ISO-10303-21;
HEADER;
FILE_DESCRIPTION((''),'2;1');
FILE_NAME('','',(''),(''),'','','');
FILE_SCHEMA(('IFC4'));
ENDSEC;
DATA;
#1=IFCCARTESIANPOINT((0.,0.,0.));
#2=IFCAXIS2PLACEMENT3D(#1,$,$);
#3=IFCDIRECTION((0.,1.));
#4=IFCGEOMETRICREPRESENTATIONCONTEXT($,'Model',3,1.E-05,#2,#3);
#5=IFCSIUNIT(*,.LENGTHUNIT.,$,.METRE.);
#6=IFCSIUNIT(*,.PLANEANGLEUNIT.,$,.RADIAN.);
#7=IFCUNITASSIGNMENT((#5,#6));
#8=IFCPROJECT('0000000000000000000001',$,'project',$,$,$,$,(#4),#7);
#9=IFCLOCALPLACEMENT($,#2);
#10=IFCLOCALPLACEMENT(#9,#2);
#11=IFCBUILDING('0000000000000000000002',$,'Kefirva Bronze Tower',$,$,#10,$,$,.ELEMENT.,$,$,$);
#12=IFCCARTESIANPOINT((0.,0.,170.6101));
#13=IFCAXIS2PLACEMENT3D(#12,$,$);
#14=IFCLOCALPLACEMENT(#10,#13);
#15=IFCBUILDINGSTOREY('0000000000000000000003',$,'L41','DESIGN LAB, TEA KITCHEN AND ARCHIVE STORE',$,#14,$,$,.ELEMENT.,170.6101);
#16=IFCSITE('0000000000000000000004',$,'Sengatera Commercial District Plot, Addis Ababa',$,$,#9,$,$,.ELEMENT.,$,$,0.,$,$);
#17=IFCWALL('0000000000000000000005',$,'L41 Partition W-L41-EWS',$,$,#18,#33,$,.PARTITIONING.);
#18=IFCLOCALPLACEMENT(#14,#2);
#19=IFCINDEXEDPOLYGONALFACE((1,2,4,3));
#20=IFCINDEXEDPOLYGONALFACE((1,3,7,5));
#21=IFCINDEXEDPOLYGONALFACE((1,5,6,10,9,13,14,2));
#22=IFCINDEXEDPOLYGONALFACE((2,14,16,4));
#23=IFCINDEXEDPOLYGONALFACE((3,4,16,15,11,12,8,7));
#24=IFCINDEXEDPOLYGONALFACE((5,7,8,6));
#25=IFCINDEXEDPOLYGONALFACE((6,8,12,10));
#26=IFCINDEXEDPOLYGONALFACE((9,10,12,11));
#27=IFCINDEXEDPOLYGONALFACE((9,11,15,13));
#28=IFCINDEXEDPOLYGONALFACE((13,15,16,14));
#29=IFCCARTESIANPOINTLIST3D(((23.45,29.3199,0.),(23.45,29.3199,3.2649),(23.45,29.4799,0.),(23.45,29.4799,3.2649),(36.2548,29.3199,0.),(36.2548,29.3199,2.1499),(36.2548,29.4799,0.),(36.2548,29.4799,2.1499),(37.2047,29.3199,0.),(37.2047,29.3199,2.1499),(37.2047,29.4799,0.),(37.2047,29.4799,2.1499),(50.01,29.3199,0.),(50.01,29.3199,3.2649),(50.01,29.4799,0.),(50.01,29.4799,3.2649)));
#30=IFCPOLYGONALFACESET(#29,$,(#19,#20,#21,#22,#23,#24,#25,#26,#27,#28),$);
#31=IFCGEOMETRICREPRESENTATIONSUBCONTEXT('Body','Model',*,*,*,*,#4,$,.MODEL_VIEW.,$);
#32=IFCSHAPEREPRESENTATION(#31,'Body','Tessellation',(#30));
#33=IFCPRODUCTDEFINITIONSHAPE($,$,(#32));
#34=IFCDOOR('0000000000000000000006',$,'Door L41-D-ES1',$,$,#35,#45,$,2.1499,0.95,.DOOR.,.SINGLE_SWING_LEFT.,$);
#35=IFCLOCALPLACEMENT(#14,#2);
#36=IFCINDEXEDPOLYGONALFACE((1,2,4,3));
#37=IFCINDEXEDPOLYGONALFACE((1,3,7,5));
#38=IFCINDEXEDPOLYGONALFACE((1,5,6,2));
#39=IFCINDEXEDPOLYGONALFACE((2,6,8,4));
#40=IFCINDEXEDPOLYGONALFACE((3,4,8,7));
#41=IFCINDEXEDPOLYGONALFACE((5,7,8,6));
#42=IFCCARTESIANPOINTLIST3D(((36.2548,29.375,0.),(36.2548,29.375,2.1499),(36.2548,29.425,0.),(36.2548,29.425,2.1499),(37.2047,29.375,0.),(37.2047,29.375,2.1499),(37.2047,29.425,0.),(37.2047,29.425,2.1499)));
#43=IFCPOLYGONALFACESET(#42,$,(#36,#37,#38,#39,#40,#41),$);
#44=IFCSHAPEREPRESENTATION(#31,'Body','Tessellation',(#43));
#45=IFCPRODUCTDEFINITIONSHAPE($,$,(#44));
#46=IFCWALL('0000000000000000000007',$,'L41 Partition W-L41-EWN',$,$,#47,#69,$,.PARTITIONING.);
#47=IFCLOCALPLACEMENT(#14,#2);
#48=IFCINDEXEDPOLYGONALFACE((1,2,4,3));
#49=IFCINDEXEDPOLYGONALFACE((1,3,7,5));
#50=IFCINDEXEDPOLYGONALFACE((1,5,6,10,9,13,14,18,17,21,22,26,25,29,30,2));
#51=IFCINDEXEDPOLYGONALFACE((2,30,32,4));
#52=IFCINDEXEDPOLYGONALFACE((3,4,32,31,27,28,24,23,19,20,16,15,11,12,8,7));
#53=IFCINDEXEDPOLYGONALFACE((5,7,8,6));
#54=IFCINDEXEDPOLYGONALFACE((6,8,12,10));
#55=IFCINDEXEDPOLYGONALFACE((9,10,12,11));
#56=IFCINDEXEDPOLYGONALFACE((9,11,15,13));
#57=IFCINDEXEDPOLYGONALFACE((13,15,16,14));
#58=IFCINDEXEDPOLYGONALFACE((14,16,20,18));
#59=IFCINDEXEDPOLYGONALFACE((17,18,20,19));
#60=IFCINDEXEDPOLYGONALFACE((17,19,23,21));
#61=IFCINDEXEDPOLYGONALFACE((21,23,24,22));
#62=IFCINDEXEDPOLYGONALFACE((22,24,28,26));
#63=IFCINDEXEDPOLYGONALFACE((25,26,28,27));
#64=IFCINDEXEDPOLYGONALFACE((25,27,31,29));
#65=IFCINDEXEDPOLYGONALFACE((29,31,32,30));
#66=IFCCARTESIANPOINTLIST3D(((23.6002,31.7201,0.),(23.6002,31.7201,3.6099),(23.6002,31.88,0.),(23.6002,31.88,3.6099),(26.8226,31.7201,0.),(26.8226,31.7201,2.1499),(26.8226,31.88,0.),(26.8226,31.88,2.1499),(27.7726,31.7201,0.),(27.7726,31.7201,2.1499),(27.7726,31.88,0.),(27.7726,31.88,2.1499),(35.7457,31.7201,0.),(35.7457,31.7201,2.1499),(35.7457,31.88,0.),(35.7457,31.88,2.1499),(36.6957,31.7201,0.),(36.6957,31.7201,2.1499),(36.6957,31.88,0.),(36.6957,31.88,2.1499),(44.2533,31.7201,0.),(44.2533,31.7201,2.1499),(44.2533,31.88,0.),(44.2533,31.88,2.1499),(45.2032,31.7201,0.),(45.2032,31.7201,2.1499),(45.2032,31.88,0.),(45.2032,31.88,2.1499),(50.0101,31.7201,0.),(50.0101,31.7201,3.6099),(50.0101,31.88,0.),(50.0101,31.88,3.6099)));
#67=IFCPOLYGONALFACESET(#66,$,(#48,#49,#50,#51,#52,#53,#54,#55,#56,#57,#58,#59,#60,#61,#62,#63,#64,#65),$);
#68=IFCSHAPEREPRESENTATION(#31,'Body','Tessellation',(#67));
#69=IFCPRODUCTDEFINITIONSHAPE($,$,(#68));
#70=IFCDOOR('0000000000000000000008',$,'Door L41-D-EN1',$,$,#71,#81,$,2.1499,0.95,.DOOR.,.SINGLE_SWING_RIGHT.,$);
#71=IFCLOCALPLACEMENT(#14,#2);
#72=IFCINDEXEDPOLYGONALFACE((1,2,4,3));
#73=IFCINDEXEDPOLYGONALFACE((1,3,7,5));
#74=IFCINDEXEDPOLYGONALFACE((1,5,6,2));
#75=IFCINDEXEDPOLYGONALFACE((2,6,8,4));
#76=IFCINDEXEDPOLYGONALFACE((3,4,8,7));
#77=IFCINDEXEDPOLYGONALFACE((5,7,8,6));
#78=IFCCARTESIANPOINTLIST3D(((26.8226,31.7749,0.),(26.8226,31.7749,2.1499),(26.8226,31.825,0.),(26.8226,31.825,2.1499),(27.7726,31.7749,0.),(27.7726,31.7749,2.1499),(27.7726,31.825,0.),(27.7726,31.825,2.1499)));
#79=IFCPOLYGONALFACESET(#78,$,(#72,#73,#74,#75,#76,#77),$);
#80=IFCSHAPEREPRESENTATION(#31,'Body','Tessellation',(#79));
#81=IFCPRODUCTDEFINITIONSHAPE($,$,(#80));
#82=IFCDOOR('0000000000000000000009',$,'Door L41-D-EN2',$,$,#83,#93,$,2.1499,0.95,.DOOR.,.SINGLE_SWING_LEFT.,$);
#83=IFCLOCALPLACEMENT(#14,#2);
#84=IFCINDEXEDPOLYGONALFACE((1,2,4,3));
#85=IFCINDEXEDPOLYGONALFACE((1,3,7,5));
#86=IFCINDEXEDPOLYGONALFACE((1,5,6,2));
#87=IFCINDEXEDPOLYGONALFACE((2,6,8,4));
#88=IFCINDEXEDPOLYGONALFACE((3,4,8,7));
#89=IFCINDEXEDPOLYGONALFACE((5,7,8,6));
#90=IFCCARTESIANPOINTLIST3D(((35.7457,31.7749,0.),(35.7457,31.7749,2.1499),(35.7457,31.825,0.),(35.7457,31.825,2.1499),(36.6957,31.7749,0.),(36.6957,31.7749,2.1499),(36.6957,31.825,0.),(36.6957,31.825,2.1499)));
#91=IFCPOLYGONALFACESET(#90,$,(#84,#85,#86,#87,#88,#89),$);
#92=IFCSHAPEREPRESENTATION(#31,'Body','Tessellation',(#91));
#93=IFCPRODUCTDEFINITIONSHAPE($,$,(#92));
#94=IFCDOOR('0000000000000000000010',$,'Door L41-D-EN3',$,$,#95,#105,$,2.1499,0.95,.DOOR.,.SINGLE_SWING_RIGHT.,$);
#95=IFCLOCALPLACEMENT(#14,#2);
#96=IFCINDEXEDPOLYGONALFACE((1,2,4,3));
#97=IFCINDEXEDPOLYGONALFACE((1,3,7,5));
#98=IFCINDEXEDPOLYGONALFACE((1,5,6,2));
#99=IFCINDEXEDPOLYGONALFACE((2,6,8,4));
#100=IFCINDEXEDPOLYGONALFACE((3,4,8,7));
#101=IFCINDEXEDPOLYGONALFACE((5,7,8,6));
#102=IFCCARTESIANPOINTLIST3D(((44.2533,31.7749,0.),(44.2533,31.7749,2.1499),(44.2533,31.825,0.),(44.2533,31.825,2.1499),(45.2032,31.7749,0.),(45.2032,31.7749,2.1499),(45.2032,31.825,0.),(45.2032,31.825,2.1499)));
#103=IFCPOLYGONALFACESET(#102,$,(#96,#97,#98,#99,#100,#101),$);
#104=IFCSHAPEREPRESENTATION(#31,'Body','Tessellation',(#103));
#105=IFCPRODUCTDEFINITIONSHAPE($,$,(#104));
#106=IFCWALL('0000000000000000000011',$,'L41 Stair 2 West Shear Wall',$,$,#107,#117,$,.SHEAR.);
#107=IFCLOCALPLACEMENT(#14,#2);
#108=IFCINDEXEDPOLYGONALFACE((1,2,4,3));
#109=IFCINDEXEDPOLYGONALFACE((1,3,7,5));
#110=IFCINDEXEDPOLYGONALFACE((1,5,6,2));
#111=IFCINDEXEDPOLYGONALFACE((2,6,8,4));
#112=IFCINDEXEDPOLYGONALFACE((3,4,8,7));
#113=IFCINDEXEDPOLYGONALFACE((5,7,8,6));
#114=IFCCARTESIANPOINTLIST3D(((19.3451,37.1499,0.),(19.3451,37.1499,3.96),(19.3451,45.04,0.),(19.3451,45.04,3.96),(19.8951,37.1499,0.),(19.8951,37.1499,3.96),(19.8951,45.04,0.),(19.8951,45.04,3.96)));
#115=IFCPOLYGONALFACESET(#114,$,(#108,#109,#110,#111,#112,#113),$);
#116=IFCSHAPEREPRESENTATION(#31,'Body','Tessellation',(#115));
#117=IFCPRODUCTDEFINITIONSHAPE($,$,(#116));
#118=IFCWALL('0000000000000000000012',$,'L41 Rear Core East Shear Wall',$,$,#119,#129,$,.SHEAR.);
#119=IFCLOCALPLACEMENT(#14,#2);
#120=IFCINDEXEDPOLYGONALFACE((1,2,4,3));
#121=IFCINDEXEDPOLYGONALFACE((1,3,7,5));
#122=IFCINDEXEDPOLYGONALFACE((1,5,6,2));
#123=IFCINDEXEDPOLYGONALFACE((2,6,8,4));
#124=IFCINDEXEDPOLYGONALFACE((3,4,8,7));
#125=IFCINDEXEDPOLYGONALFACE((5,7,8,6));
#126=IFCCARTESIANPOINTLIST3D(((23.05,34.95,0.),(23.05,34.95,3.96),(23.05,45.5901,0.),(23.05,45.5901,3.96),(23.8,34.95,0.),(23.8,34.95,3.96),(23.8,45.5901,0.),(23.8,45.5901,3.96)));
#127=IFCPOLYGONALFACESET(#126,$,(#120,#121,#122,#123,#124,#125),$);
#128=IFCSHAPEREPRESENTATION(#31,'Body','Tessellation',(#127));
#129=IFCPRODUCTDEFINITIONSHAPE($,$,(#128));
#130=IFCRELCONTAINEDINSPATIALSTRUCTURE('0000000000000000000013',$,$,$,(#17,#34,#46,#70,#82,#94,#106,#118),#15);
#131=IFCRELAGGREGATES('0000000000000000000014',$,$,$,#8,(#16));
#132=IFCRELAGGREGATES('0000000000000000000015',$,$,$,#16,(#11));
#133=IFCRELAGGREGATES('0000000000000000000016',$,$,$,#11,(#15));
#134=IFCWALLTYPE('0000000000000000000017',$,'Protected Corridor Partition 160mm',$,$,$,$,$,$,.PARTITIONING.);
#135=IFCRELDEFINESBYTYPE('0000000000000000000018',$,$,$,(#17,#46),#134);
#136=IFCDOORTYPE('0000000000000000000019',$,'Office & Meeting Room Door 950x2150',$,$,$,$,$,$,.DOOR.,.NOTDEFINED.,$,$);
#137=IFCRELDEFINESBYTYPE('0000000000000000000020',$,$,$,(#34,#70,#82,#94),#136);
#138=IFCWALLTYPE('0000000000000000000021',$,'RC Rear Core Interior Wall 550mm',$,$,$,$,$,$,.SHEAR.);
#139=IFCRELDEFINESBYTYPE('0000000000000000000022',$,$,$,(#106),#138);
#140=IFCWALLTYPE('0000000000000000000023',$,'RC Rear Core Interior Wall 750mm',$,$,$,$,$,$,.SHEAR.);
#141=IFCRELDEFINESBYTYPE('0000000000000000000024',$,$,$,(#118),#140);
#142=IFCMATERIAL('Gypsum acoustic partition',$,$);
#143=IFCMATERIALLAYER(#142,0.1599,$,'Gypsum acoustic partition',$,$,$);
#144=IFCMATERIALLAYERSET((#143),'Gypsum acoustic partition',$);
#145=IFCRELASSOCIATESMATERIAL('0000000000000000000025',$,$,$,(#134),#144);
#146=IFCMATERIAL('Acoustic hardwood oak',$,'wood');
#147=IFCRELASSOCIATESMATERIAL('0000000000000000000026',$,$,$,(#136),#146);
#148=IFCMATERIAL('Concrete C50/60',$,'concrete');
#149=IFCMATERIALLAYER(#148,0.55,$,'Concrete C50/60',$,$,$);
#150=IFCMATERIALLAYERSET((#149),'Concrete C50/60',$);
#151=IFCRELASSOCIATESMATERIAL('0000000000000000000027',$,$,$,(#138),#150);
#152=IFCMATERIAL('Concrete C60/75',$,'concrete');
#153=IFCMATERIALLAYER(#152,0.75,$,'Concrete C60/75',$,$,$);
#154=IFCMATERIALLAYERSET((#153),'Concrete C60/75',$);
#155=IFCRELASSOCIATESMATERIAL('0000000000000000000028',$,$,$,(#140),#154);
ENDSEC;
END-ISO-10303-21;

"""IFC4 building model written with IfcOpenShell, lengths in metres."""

from ifc_helpers import new_model, si_unit, direction, frame, frame_2d, origin, place, context, subcontext, project, spatial, rectangle, extrude, material, layer, layer_set, type_object, element, fill, save


model = new_model("IFC4")

# Units and contexts
model_context = context("Model", 3, precision=1e-05, world=origin(), true_north=direction((0.0, 1.0)))
body_context = subcontext(model_context, "Body", "Model", "MODEL_VIEW")
ifc_project = project(units=[si_unit("LENGTHUNIT", "METRE"), si_unit("PLANEANGLEUNIT", "RADIAN")], contexts=[model_context])

# Site, building, storey
site_placement = place(None, origin())
site = spatial("IfcSite", under=ifc_project, at=site_placement, Name="Sengatera Commercial District Plot, Addis Ababa", CompositionType="ELEMENT", RefElevation=0.0)
building_placement = place(site_placement, origin())
building = spatial("IfcBuilding", under=site, at=building_placement, Name="Kefirva Bronze Tower", CompositionType="ELEMENT")
storey_placement = place(building_placement, frame((0.0, 0.0, 170.6101)))
storey = spatial("IfcBuildingStorey", under=building, at=storey_placement, Name="L41", Description="DESIGN LAB, TEA KITCHEN AND ARCHIVE STORE", CompositionType="ELEMENT", Elevation=170.6101)

# Shared definitions
ifc_material_1 = material(Name="Concrete C60/75", Category="concrete")

# Shared definitions
ifc_material_2 = material(Name="Gypsum acoustic partition")

# Wall, opening, door
ifc_layer_1 = layer(ifc_material_2, 0.1599, Name="Gypsum acoustic partition")
ifc_layer_set_1 = layer_set([ifc_layer_1], Name="Gypsum acoustic partition")
wall_type_1 = type_object("IfcWallType", Name="Protected Corridor Partition 160mm", PredefinedType="PARTITIONING", material=ifc_layer_set_1)
wall_1_placement = place(storey_placement, frame((23.45, 29.3999, 0.0), z_axis=(0.0, 0.0, 1.0), x_axis=(1.0, 0.0, 0.0)))
wall_1 = element("IfcWall", 1, at=wall_1_placement, inside=storey, type_object=wall_type_1, Name="L41 Partition W-L41-EWS", PredefinedType="PARTITIONING", context=body_context, shape_type="SweptSolid", body=[
    extrude(rectangle(XDim=26.5601, YDim=0.1599, at=frame_2d((13.28, 0.0))), origin(), (0.0, 0.0, 1.0), 3.2649),
])
opening_1_placement = place(wall_1_placement, frame((13.7549, 0.0, 0.0), z_axis=(0.0, 0.0, 1.0), x_axis=(-1.0, 0.0, 0.0)))
opening_1 = element("IfcOpeningElement", 2, at=opening_1_placement, cuts=wall_1, PredefinedType="OPENING", context=body_context, shape_type="SweptSolid", body=[
    extrude(rectangle(XDim=0.95, YDim=2.1499, at=frame_2d((0.4751, 1.075))), frame((0.0, 0.0898, 0.0), z_axis=(0.0, -1.0, 0.0), x_axis=(1.0, 0.0, 0.0)), (0.0, 0.0, 1.0), 0.1799),
])
ifc_material_3 = material(Name="Acoustic hardwood oak", Category="wood")
door_type_1 = type_object("IfcDoorType", Name="Office & Meeting Room Door 950x2150", OperationType="NOTDEFINED", PredefinedType="DOOR", material=ifc_material_3)
door_1_placement = place(opening_1_placement, origin())
door_1 = element("IfcDoor", 3, at=door_1_placement, inside=storey, type_object=door_type_1, Name="Door L41-D-ES1", OperationType="SINGLE_SWING_LEFT", OverallHeight=2.1499, OverallWidth=0.95, PredefinedType="DOOR", context=body_context, shape_type="SweptSolid", body=[
    extrude(rectangle(XDim=0.95, YDim=2.1499, at=frame_2d((0.4751, 1.075))), frame((0.0, 0.0249, 0.0), z_axis=(0.0, -1.0, 0.0), x_axis=(1.0, 0.0, 0.0)), (0.0, 0.0, 1.0), 0.05),
])
fill(opening_1, door_1)

# Wall, openings, doors
wall_2_placement = place(storey_placement, frame((23.6001, 31.8, 0.0), z_axis=(0.0, 0.0, 1.0), x_axis=(1.0, 0.0, 0.0)))
wall_2 = element("IfcWall", 4, at=wall_2_placement, inside=storey, type_object=wall_type_1, Name="L41 Partition W-L41-EWN", PredefinedType="PARTITIONING", context=body_context, shape_type="SweptSolid", body=[
    extrude(rectangle(XDim=26.4099, YDim=0.1599, at=frame_2d((13.2051, 0.0))), origin(), (0.0, 0.0, 1.0), 3.6099),
])
opening_2_placement = place(wall_2_placement, frame((3.2224, 0.0, 0.0)))
opening_2 = element("IfcOpeningElement", 5, at=opening_2_placement, cuts=wall_2, PredefinedType="OPENING", context=body_context, shape_type="SweptSolid", body=[
    extrude(rectangle(XDim=0.95, YDim=2.1499, at=frame_2d((0.4751, 1.075))), frame((0.0, 0.0898, 0.0), z_axis=(0.0, -1.0, 0.0), x_axis=(1.0, 0.0, 0.0)), (0.0, 0.0, 1.0), 0.1799),
])
opening_3_placement = place(wall_2_placement, frame((12.1455, 0.0, 0.0)))
opening_3 = element("IfcOpeningElement", 6, at=opening_3_placement, cuts=wall_2, PredefinedType="OPENING", context=body_context, shape_type="SweptSolid", body=[
    extrude(rectangle(XDim=0.95, YDim=2.1499, at=frame_2d((0.4751, 1.075))), frame((0.0, 0.0898, 0.0), z_axis=(0.0, -1.0, 0.0), x_axis=(1.0, 0.0, 0.0)), (0.0, 0.0, 1.0), 0.1799),
])
opening_4_placement = place(wall_2_placement, frame((20.6531, 0.0, 0.0)))
opening_4 = element("IfcOpeningElement", 7, at=opening_4_placement, cuts=wall_2, PredefinedType="OPENING", context=body_context, shape_type="SweptSolid", body=[
    extrude(rectangle(XDim=0.95, YDim=2.1499, at=frame_2d((0.4751, 1.075))), frame((0.0, 0.0898, 0.0), z_axis=(0.0, -1.0, 0.0), x_axis=(1.0, 0.0, 0.0)), (0.0, 0.0, 1.0), 0.1799),
])
door_2_placement = place(opening_2_placement, origin())
door_2 = element("IfcDoor", 8, at=door_2_placement, inside=storey, type_object=door_type_1, Name="Door L41-D-EN1", OperationType="SINGLE_SWING_RIGHT", OverallHeight=2.1499, OverallWidth=0.95, PredefinedType="DOOR", context=body_context, shape_type="SweptSolid", body=[
    extrude(rectangle(XDim=0.95, YDim=2.1499, at=frame_2d((0.4751, 1.075))), frame((0.0, 0.0249, 0.0), z_axis=(0.0, -1.0, 0.0), x_axis=(1.0, 0.0, 0.0)), (0.0, 0.0, 1.0), 0.05),
])
fill(opening_2, door_2)
door_3_placement = place(opening_3_placement, origin())
door_3 = element("IfcDoor", 9, at=door_3_placement, inside=storey, type_object=door_type_1, Name="Door L41-D-EN2", OperationType="SINGLE_SWING_LEFT", OverallHeight=2.1499, OverallWidth=0.95, PredefinedType="DOOR", context=body_context, shape_type="SweptSolid", body=[
    extrude(rectangle(XDim=0.95, YDim=2.1499, at=frame_2d((0.4751, 1.075))), frame((0.0, 0.0249, 0.0), z_axis=(0.0, -1.0, 0.0), x_axis=(1.0, 0.0, 0.0)), (0.0, 0.0, 1.0), 0.05),
])
fill(opening_3, door_3)
door_4_placement = place(opening_4_placement, origin())
door_4 = element("IfcDoor", 10, at=door_4_placement, inside=storey, type_object=door_type_1, Name="Door L41-D-EN3", OperationType="SINGLE_SWING_RIGHT", OverallHeight=2.1499, OverallWidth=0.95, PredefinedType="DOOR", context=body_context, shape_type="SweptSolid", body=[
    extrude(rectangle(XDim=0.95, YDim=2.1499, at=frame_2d((0.4751, 1.075))), frame((0.0, 0.0249, 0.0), z_axis=(0.0, -1.0, 0.0), x_axis=(1.0, 0.0, 0.0)), (0.0, 0.0, 1.0), 0.05),
])
fill(opening_4, door_4)

# Walls
ifc_material_4 = material(Name="Concrete C50/60", Category="concrete")
ifc_layer_2 = layer(ifc_material_4, 0.55, Name="Concrete C50/60")
ifc_layer_set_2 = layer_set([ifc_layer_2], Name="Concrete C50/60")
wall_type_2 = type_object("IfcWallType", Name="RC Rear Core Interior Wall 550mm", PredefinedType="SHEAR", material=ifc_layer_set_2)
wall_3_placement = place(storey_placement, frame((19.6201, 37.1499, 0.0), z_axis=(0.0, 0.0, 1.0), x_axis=(0.0, 1.0, 0.0)))
element("IfcWall", 11, at=wall_3_placement, inside=storey, type_object=wall_type_2, Name="L41 Stair 2 West Shear Wall", PredefinedType="SHEAR", context=body_context, shape_type="SweptSolid", body=[
    extrude(rectangle(XDim=7.8901, YDim=0.55, at=frame_2d((3.9451, 0.0))), origin(), (0.0, 0.0, 1.0), 3.96),
])
ifc_layer_3 = layer(ifc_material_1, 0.75, Name="Concrete C60/75")
ifc_layer_set_3 = layer_set([ifc_layer_3], Name="Concrete C60/75")
wall_type_3 = type_object("IfcWallType", Name="RC Rear Core Interior Wall 750mm", PredefinedType="SHEAR", material=ifc_layer_set_3)
wall_4_placement = place(storey_placement, frame((23.425, 34.95, 0.0), z_axis=(0.0, 0.0, 1.0), x_axis=(0.0, 1.0, 0.0)))
element("IfcWall", 12, at=wall_4_placement, inside=storey, type_object=wall_type_3, Name="L41 Rear Core East Shear Wall", PredefinedType="SHEAR", context=body_context, shape_type="SweptSolid", body=[
    extrude(rectangle(XDim=10.6401, YDim=0.75, at=frame_2d((5.3201, 0.0))), origin(), (0.0, 0.0, 1.0), 3.96),
])

save(model, "model.ifc")
